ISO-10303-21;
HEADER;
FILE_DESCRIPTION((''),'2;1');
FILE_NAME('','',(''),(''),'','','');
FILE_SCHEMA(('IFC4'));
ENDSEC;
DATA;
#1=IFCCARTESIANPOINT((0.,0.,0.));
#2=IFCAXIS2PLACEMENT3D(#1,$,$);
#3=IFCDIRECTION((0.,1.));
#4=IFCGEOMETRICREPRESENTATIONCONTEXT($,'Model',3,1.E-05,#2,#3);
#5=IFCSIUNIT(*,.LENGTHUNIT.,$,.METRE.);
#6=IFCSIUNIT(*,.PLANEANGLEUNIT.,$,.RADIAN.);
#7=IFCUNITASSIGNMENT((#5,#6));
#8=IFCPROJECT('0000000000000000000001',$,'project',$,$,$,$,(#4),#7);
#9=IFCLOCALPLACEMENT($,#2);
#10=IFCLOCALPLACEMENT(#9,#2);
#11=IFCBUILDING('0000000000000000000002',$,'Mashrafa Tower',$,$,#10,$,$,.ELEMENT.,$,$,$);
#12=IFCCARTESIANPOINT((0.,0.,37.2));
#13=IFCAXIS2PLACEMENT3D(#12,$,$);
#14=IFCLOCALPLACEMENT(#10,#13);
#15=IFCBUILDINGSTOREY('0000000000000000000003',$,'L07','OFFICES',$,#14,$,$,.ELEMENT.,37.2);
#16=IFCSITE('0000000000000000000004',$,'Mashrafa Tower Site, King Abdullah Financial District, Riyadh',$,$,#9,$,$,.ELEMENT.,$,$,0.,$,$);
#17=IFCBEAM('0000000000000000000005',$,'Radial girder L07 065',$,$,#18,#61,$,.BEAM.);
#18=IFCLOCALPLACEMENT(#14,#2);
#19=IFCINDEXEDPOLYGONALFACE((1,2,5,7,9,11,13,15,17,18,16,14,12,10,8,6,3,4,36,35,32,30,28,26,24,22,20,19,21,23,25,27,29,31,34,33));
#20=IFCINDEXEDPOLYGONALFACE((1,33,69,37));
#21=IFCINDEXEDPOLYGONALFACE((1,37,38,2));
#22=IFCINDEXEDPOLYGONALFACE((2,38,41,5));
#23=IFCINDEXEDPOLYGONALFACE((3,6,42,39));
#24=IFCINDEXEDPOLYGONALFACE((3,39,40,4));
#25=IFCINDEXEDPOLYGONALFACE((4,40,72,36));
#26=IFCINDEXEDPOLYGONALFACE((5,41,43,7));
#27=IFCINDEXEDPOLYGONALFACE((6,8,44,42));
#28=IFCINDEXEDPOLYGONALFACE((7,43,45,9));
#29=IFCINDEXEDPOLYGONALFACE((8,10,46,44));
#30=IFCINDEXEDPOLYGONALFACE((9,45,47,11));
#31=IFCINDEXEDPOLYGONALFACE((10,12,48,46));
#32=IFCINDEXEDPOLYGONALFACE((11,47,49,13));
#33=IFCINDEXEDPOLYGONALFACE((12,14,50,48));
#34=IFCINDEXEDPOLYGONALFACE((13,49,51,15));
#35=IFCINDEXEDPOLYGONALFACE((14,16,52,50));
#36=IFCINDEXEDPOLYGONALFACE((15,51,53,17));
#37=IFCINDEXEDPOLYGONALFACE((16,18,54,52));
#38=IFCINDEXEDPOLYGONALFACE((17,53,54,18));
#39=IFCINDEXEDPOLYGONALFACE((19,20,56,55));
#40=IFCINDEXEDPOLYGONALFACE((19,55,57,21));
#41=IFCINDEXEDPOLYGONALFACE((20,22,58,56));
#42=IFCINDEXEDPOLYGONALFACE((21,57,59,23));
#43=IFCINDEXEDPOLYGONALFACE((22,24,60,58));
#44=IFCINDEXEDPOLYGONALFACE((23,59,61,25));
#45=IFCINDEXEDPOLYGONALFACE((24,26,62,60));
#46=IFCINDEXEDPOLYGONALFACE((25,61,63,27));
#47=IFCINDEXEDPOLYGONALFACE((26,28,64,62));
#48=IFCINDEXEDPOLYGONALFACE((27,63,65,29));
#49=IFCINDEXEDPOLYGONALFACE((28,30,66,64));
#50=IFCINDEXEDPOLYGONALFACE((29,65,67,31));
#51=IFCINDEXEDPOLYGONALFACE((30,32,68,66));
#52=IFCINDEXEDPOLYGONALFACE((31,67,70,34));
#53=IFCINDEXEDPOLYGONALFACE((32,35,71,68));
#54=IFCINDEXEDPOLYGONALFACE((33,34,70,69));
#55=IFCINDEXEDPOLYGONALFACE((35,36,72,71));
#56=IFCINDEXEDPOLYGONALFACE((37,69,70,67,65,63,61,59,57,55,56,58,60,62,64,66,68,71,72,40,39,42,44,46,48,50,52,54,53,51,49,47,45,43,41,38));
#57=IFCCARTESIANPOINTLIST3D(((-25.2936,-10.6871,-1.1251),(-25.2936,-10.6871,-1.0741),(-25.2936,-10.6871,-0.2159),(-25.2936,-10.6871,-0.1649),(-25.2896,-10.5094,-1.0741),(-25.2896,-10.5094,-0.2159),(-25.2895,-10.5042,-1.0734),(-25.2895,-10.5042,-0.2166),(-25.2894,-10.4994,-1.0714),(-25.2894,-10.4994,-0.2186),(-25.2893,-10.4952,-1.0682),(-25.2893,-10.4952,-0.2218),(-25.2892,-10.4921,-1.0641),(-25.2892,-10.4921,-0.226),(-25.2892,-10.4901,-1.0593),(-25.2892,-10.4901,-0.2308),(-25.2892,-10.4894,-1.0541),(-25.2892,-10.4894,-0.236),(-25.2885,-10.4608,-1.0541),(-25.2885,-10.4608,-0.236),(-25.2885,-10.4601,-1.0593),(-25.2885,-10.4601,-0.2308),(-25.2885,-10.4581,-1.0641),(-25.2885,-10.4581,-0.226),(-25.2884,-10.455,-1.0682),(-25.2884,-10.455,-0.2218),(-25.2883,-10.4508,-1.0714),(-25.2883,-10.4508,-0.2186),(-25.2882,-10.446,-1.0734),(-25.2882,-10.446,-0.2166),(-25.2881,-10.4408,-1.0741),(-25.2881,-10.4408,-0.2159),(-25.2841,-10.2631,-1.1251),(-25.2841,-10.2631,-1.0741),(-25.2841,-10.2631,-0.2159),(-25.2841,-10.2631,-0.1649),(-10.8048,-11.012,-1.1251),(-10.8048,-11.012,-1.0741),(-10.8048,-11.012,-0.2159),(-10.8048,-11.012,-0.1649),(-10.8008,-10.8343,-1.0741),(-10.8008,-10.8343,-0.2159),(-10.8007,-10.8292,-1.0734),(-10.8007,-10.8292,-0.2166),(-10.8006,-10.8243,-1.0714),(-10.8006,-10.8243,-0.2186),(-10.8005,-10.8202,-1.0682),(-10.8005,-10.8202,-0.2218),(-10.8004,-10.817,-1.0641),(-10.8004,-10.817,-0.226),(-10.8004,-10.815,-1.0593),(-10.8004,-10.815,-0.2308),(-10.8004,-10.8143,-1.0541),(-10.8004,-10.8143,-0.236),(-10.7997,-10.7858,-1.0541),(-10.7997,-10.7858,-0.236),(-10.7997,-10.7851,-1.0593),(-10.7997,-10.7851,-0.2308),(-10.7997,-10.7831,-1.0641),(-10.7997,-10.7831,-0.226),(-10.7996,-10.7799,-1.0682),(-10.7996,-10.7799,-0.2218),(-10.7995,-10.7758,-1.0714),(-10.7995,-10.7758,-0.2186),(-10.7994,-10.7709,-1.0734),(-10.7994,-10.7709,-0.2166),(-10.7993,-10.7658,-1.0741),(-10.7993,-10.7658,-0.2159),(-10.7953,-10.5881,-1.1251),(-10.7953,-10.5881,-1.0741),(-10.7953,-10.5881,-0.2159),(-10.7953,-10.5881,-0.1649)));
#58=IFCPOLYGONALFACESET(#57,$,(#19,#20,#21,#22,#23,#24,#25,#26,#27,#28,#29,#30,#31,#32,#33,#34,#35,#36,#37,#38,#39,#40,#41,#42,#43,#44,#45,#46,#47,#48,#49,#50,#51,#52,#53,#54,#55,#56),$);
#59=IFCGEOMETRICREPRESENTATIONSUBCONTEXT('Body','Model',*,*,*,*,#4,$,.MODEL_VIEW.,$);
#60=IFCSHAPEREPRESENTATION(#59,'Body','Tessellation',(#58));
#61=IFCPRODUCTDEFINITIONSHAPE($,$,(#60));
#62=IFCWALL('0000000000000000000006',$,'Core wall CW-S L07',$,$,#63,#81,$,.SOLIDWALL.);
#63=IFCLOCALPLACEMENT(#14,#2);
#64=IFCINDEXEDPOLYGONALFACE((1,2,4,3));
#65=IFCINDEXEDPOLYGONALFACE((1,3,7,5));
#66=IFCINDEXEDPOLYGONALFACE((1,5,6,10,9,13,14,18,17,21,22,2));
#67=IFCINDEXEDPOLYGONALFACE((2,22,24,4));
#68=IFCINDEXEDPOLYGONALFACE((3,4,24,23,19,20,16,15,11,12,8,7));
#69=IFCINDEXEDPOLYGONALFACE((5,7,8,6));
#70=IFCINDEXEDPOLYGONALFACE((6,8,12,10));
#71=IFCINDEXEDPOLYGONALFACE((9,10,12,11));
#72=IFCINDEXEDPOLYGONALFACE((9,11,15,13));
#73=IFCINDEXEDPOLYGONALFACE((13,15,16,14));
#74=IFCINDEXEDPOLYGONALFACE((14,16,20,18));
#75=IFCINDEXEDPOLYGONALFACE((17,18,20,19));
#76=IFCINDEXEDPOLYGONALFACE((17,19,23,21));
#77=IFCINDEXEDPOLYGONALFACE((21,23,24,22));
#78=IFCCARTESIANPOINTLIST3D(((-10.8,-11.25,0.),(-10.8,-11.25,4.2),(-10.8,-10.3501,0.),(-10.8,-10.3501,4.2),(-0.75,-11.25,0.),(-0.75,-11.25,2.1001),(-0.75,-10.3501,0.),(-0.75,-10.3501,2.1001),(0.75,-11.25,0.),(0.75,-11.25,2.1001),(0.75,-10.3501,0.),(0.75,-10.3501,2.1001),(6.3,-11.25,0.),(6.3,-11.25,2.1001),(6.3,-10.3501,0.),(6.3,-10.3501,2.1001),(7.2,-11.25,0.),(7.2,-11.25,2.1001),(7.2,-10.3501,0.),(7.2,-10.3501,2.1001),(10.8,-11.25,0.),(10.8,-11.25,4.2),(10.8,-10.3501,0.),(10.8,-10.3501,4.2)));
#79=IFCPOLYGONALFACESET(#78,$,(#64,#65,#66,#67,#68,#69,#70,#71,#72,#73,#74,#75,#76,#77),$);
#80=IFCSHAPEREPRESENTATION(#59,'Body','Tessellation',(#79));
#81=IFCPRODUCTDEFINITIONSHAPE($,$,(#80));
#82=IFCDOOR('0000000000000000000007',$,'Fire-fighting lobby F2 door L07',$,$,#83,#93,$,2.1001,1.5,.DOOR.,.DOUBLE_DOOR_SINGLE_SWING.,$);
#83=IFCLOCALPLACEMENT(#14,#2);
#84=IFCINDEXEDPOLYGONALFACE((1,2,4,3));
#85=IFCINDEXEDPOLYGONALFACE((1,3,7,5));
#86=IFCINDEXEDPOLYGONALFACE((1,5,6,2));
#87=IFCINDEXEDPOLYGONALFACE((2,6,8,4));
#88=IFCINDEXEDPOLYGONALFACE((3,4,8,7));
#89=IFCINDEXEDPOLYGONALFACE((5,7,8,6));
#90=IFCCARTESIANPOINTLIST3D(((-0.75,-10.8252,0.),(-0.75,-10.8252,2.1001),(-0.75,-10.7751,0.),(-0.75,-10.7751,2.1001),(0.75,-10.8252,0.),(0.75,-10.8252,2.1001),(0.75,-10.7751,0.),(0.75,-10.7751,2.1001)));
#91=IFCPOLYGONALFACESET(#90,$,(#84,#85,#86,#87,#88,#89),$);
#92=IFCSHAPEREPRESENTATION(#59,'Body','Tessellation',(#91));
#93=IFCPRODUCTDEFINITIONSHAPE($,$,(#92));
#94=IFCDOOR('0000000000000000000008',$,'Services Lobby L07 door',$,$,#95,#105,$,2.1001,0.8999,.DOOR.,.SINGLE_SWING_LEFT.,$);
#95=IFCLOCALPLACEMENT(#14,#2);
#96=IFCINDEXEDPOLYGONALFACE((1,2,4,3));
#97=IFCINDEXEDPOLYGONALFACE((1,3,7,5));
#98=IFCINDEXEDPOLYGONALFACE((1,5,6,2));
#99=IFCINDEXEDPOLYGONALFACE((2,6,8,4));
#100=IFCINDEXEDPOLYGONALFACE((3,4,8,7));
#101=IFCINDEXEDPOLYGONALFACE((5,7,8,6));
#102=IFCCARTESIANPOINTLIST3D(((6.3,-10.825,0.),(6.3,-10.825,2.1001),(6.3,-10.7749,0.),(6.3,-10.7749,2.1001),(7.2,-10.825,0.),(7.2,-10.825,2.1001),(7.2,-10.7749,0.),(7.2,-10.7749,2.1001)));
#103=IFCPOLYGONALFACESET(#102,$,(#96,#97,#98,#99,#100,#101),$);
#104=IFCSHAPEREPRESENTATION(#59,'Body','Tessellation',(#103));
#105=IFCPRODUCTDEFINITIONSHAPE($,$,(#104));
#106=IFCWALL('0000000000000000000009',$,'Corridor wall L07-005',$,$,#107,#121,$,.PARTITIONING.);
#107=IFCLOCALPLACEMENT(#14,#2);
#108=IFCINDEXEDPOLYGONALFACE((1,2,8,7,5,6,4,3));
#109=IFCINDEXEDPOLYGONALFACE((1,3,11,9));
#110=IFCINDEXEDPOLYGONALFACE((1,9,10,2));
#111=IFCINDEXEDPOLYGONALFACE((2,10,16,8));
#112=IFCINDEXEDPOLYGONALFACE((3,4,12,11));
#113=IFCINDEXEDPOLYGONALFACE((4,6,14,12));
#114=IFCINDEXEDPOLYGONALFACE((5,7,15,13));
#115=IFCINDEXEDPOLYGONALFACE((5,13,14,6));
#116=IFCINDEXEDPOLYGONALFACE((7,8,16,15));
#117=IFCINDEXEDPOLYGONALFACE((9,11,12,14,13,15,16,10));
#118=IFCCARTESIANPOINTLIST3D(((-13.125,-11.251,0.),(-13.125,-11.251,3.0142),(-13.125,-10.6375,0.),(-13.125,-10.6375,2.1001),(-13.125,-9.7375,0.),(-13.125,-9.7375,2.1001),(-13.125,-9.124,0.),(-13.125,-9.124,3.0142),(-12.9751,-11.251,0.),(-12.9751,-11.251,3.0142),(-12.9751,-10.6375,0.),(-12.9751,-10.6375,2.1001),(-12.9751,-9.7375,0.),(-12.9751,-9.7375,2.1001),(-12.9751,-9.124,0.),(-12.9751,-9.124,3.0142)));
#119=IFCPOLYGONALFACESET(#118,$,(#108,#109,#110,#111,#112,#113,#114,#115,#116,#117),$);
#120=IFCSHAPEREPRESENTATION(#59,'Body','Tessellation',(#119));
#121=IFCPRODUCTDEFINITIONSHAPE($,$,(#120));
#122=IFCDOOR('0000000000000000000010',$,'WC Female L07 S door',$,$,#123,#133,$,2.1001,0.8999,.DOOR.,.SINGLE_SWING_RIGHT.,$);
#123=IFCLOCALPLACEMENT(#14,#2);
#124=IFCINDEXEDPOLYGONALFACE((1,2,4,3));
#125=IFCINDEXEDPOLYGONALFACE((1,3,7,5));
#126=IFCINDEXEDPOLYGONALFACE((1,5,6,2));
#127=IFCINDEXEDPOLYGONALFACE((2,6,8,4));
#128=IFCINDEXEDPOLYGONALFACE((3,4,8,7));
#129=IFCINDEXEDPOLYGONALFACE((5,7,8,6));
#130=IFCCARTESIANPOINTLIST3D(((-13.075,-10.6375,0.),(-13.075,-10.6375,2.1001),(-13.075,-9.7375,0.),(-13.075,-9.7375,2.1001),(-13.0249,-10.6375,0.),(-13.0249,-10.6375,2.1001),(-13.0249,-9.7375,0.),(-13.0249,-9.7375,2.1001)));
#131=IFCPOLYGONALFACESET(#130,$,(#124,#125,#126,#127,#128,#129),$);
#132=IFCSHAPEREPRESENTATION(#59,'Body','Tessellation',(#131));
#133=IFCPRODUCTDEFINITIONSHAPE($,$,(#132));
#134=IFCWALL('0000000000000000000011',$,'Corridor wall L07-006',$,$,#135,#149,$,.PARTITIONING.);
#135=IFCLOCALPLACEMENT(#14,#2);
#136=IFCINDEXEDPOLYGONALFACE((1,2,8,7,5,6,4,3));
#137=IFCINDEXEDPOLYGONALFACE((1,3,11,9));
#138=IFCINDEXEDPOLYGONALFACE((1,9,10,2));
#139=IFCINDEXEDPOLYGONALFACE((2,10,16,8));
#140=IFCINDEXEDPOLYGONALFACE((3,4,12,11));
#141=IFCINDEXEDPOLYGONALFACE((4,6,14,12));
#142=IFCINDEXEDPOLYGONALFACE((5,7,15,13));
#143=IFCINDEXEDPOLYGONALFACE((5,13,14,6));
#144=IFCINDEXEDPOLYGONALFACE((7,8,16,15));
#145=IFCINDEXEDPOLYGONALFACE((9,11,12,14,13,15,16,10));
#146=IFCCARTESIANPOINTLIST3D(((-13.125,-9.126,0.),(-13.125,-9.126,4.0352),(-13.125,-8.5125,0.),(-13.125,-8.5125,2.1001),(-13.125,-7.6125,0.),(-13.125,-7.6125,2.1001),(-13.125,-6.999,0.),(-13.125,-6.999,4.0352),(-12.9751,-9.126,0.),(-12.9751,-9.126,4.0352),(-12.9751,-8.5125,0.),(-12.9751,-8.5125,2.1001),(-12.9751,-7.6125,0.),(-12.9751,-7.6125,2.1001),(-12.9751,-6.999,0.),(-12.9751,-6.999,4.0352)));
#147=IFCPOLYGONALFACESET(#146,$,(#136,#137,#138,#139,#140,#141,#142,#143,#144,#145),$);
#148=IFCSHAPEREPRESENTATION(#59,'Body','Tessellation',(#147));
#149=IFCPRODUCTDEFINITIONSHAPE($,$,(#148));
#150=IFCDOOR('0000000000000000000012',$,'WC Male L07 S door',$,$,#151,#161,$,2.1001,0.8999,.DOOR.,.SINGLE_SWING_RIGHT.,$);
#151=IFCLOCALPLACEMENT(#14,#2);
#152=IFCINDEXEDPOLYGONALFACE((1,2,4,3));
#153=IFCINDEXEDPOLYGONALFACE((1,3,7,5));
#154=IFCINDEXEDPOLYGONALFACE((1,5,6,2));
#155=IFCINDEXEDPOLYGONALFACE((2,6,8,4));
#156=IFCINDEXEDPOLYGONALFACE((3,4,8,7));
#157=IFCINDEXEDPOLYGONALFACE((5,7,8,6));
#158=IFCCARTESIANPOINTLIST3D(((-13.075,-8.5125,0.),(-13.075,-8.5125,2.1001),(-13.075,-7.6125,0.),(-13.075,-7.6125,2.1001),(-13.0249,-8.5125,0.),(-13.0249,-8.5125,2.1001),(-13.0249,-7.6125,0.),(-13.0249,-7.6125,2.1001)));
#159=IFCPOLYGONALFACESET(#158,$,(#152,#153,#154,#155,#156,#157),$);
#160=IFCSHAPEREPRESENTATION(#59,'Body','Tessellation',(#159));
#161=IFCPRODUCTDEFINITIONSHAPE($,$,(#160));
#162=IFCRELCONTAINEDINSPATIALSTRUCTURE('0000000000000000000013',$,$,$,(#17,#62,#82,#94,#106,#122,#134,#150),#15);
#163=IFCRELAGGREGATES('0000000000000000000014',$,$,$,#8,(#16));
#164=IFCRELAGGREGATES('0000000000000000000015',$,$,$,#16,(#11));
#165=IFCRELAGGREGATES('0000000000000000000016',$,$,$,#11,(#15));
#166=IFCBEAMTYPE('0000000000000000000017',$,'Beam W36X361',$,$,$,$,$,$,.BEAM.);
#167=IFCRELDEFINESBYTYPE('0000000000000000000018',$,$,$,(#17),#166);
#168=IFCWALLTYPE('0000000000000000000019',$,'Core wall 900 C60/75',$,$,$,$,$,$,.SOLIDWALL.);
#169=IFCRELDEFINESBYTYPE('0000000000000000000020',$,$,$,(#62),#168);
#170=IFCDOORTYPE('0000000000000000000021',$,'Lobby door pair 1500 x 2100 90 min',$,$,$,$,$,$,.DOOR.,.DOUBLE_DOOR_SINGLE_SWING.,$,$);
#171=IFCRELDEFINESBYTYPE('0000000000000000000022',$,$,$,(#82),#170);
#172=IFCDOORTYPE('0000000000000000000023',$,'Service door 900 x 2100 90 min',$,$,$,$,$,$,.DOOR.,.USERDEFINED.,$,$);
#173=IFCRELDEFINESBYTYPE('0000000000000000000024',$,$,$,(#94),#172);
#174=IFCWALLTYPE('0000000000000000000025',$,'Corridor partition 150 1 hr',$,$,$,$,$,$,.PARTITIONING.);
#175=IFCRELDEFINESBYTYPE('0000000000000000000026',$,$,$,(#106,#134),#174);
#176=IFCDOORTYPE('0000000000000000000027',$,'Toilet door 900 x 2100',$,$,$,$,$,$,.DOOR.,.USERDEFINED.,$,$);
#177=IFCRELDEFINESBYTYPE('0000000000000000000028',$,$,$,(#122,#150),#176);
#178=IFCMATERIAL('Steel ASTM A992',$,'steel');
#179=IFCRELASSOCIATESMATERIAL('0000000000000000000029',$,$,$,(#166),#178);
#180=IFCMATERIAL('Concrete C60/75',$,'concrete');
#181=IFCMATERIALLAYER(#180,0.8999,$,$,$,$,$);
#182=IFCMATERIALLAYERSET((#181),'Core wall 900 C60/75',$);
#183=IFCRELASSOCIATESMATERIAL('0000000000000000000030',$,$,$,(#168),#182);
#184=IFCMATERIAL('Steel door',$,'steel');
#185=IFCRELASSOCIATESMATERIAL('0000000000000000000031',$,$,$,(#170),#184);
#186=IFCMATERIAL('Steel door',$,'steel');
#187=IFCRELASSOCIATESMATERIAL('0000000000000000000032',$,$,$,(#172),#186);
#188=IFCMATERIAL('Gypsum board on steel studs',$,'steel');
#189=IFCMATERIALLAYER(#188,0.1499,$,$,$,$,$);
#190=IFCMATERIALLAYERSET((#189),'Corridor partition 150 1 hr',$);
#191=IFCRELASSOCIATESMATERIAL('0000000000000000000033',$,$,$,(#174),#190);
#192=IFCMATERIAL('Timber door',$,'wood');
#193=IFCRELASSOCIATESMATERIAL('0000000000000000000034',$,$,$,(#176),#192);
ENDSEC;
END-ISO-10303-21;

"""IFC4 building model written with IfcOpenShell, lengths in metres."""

from ifc_helpers import new_model, si_unit, direction, frame, frame_2d, origin, origin_2d, place, context, subcontext, project, spatial, rectangle, i_section, extrude, material, layer, layer_set, material_profile, profile_set, type_object, element, fill, save


model = new_model("IFC4")

# Units and contexts
model_context = context("Model", 3, precision=1e-05, world=origin(), true_north=direction((0.0, 1.0)))
body_context = subcontext(model_context, "Body", "Model", "MODEL_VIEW")
ifc_project = project(units=[si_unit("LENGTHUNIT", "METRE"), si_unit("PLANEANGLEUNIT", "RADIAN")], contexts=[model_context])

# Site, building, storey
site_placement = place(None, origin())
site = spatial("IfcSite", under=ifc_project, at=site_placement, Name="Mashrafa Tower Site, King Abdullah Financial District, Riyadh", CompositionType="ELEMENT", RefElevation=0.0)
building_placement = place(site_placement, origin())
building = spatial("IfcBuilding", under=site, at=building_placement, Name="Mashrafa Tower", CompositionType="ELEMENT")
storey_placement = place(building_placement, frame((0.0, 0.0, 37.2)))
storey = spatial("IfcBuildingStorey", under=building, at=storey_placement, Name="L07", Description="OFFICES", CompositionType="ELEMENT", Elevation=37.2)

# Beam
ifc_material_1 = material(Name="Steel ASTM A992", Category="steel")
ifc_material_profile_1 = material_profile(ifc_material_1, i_section(OverallWidth=0.4241, OverallDepth=0.9602, WebThickness=0.0286, FlangeThickness=0.051, FilletRadius=0.02, at=origin_2d()), Name="W36X361")
ifc_profile_set_1 = profile_set([ifc_material_profile_1], Name="Steel ASTM A992")
beam_type_1 = type_object("IfcBeamType", Name="Beam W36X361", PredefinedType="BEAM", material=ifc_profile_set_1)
beam_1_placement = place(storey_placement, frame((-10.8, -10.8, -0.645), z_axis=(-0.999749, 0.022422, 0.0), x_axis=(-0.022422, -0.999749, 0.0)))
element("IfcBeam", 1, at=beam_1_placement, inside=storey, type_object=beam_type_1, Name="Radial girder L07 065", PredefinedType="BEAM", context=body_context, shape_type="SweptSolid", body=[
    extrude(i_section(OverallWidth=0.4241, OverallDepth=0.9602, WebThickness=0.0286, FlangeThickness=0.051, FilletRadius=0.02, at=origin_2d()), origin(), (0.0, 0.0, 1.0), 14.4924),
])

# Wall, openings, doors
ifc_material_2 = material(Name="Concrete C60/75", Category="concrete")
ifc_layer_1 = layer(ifc_material_2, 0.8999)
ifc_layer_set_1 = layer_set([ifc_layer_1], Name="Core wall 900 C60/75")
wall_type_1 = type_object("IfcWallType", Name="Core wall 900 C60/75", PredefinedType="SOLIDWALL", material=ifc_layer_set_1)
wall_1_placement = place(storey_placement, frame((-10.8, -10.8, 0.0), z_axis=(0.0, 0.0, 1.0), x_axis=(1.0, 0.0, 0.0)))
wall_1 = element("IfcWall", 2, at=wall_1_placement, inside=storey, type_object=wall_type_1, Name="Core wall CW-S L07", PredefinedType="SOLIDWALL", context=body_context, shape_type="SweptSolid", body=[
    extrude(rectangle(XDim=21.6001, YDim=0.8999, at=frame_2d((10.8, 0.0))), origin(), (0.0, 0.0, 1.0), 4.2),
])
opening_1_placement = place(wall_1_placement, frame((10.05, 0.0, 0.0)))
opening_1 = element("IfcOpeningElement", 3, at=opening_1_placement, cuts=wall_1, PredefinedType="OPENING", context=body_context, shape_type="SweptSolid", body=[
    extrude(rectangle(XDim=1.5, YDim=2.1001, at=frame_2d((0.75, 1.05))), frame((0.0, 0.46, 0.0), z_axis=(0.0, -1.0, 0.0), x_axis=(1.0, 0.0, 0.0)), (0.0, 0.0, 1.0), 0.9199),
])
opening_2_placement = place(wall_1_placement, frame((17.1001, 0.0, 0.0)))
opening_2 = element("IfcOpeningElement", 4, at=opening_2_placement, cuts=wall_1, PredefinedType="OPENING", context=body_context, shape_type="SweptSolid", body=[
    extrude(rectangle(XDim=0.8999, YDim=2.1001, at=frame_2d((0.45, 1.05))), frame((0.0, 0.46, 0.0), z_axis=(0.0, -1.0, 0.0), x_axis=(1.0, 0.0, 0.0)), (0.0, 0.0, 1.0), 0.9199),
])
ifc_material_3 = material(Name="Steel door", Category="steel")
door_type_1 = type_object("IfcDoorType", Name="Lobby door pair 1500 x 2100 90 min", OperationType="DOUBLE_DOOR_SINGLE_SWING", PredefinedType="DOOR", material=ifc_material_3)
door_1_placement = place(opening_1_placement, origin())
door_1 = element("IfcDoor", 5, at=door_1_placement, inside=storey, type_object=door_type_1, Name="Fire-fighting lobby F2 door L07", OperationType="DOUBLE_DOOR_SINGLE_SWING", OverallHeight=2.1001, OverallWidth=1.5, PredefinedType="DOOR", context=body_context, shape_type="SweptSolid", body=[
    extrude(rectangle(XDim=1.5, YDim=2.1001, at=frame_2d((0.75, 1.05))), frame((0.0, 0.0249, 0.0), z_axis=(0.0, -1.0, 0.0), x_axis=(1.0, 0.0, 0.0)), (0.0, 0.0, 1.0), 0.05),
])
fill(opening_1, door_1)
ifc_material_4 = material(Name="Steel door", Category="steel")
door_type_2 = type_object("IfcDoorType", Name="Service door 900 x 2100 90 min", OperationType="USERDEFINED", PredefinedType="DOOR", material=ifc_material_4)
door_2_placement = place(opening_2_placement, frame((0.8999, 0.0, 0.0), z_axis=(0.0, 0.0, 1.0), x_axis=(-1.0, 0.0, 0.0)))
door_2 = element("IfcDoor", 6, at=door_2_placement, inside=storey, type_object=door_type_2, Name="Services Lobby L07 door", OperationType="SINGLE_SWING_LEFT", OverallHeight=2.1001, OverallWidth=0.8999, PredefinedType="DOOR", context=body_context, shape_type="SweptSolid", body=[
    extrude(rectangle(XDim=0.8999, YDim=2.1001, at=frame_2d((0.45, 1.05))), frame((0.0, 0.0249, 0.0), z_axis=(0.0, -1.0, 0.0), x_axis=(1.0, 0.0, 0.0)), (0.0, 0.0, 1.0), 0.05),
])
fill(opening_2, door_2)

# Walls, openings, doors
ifc_material_5 = material(Name="Gypsum board on steel studs", Category="steel")
ifc_layer_2 = layer(ifc_material_5, 0.1499)
ifc_layer_set_2 = layer_set([ifc_layer_2], Name="Corridor partition 150 1 hr")
wall_type_2 = type_object("IfcWallType", Name="Corridor partition 150 1 hr", PredefinedType="PARTITIONING", material=ifc_layer_set_2)
wall_2_placement = place(storey_placement, frame((-13.05, -9.124, 0.0), z_axis=(0.0, 0.0, 1.0), x_axis=(0.0, -1.0, 0.0)))
wall_2 = element("IfcWall", 7, at=wall_2_placement, inside=storey, type_object=wall_type_2, Name="Corridor wall L07-005", PredefinedType="PARTITIONING", context=body_context, shape_type="SweptSolid", body=[
    extrude(rectangle(XDim=2.127, YDim=0.1499, at=frame_2d((1.0635, 0.0))), origin(), (0.0, 0.0, 1.0), 3.0142),
])
opening_3_placement = place(wall_2_placement, frame((0.6135, 0.0, 0.0)))
opening_3 = element("IfcOpeningElement", 8, at=opening_3_placement, cuts=wall_2, PredefinedType="OPENING", context=body_context, shape_type="SweptSolid", body=[
    extrude(rectangle(XDim=0.8999, YDim=2.1001, at=frame_2d((0.45, 1.05))), frame((0.0, 0.085, 0.0), z_axis=(0.0, -1.0, 0.0), x_axis=(1.0, 0.0, 0.0)), (0.0, 0.0, 1.0), 0.1699),
])
ifc_material_6 = material(Name="Timber door", Category="wood")
door_type_3 = type_object("IfcDoorType", Name="Toilet door 900 x 2100", OperationType="USERDEFINED", PredefinedType="DOOR", material=ifc_material_6)
door_3_placement = place(opening_3_placement, frame((0.8999, 0.0, 0.0), z_axis=(0.0, 0.0, 1.0), x_axis=(-1.0, 0.0, 0.0)))
door_3 = element("IfcDoor", 9, at=door_3_placement, inside=storey, type_object=door_type_3, Name="WC Female L07 S door", OperationType="SINGLE_SWING_RIGHT", OverallHeight=2.1001, OverallWidth=0.8999, PredefinedType="DOOR", context=body_context, shape_type="SweptSolid", body=[
    extrude(rectangle(XDim=0.8999, YDim=2.1001, at=frame_2d((0.45, 1.05))), frame((0.0, 0.0249, 0.0), z_axis=(0.0, -1.0, 0.0), x_axis=(1.0, 0.0, 0.0)), (0.0, 0.0, 1.0), 0.05),
])
fill(opening_3, door_3)
wall_3_placement = place(storey_placement, frame((-13.05, -6.999, 0.0), z_axis=(0.0, 0.0, 1.0), x_axis=(0.0, -1.0, 0.0)))
wall_3 = element("IfcWall", 10, at=wall_3_placement, inside=storey, type_object=wall_type_2, Name="Corridor wall L07-006", PredefinedType="PARTITIONING", context=body_context, shape_type="SweptSolid", body=[
    extrude(rectangle(XDim=2.127, YDim=0.1499, at=frame_2d((1.0635, 0.0))), origin(), (0.0, 0.0, 1.0), 4.0352),
])
opening_4_placement = place(wall_3_placement, frame((0.6135, 0.0, 0.0)))
opening_4 = element("IfcOpeningElement", 11, at=opening_4_placement, cuts=wall_3, PredefinedType="OPENING", context=body_context, shape_type="SweptSolid", body=[
    extrude(rectangle(XDim=0.8999, YDim=2.1001, at=frame_2d((0.45, 1.05))), frame((0.0, 0.085, 0.0), z_axis=(0.0, -1.0, 0.0), x_axis=(1.0, 0.0, 0.0)), (0.0, 0.0, 1.0), 0.1699),
])
door_4_placement = place(opening_4_placement, frame((0.8999, 0.0, 0.0), z_axis=(0.0, 0.0, 1.0), x_axis=(-1.0, 0.0, 0.0)))
door_4 = element("IfcDoor", 12, at=door_4_placement, inside=storey, type_object=door_type_3, Name="WC Male L07 S door", OperationType="SINGLE_SWING_RIGHT", OverallHeight=2.1001, OverallWidth=0.8999, PredefinedType="DOOR", context=body_context, shape_type="SweptSolid", body=[
    extrude(rectangle(XDim=0.8999, YDim=2.1001, at=frame_2d((0.45, 1.05))), frame((0.0, 0.0249, 0.0), z_axis=(0.0, -1.0, 0.0), x_axis=(1.0, 0.0, 0.0)), (0.0, 0.0, 1.0), 0.05),
])
fill(opening_4, door_4)

save(model, "model.ifc")
